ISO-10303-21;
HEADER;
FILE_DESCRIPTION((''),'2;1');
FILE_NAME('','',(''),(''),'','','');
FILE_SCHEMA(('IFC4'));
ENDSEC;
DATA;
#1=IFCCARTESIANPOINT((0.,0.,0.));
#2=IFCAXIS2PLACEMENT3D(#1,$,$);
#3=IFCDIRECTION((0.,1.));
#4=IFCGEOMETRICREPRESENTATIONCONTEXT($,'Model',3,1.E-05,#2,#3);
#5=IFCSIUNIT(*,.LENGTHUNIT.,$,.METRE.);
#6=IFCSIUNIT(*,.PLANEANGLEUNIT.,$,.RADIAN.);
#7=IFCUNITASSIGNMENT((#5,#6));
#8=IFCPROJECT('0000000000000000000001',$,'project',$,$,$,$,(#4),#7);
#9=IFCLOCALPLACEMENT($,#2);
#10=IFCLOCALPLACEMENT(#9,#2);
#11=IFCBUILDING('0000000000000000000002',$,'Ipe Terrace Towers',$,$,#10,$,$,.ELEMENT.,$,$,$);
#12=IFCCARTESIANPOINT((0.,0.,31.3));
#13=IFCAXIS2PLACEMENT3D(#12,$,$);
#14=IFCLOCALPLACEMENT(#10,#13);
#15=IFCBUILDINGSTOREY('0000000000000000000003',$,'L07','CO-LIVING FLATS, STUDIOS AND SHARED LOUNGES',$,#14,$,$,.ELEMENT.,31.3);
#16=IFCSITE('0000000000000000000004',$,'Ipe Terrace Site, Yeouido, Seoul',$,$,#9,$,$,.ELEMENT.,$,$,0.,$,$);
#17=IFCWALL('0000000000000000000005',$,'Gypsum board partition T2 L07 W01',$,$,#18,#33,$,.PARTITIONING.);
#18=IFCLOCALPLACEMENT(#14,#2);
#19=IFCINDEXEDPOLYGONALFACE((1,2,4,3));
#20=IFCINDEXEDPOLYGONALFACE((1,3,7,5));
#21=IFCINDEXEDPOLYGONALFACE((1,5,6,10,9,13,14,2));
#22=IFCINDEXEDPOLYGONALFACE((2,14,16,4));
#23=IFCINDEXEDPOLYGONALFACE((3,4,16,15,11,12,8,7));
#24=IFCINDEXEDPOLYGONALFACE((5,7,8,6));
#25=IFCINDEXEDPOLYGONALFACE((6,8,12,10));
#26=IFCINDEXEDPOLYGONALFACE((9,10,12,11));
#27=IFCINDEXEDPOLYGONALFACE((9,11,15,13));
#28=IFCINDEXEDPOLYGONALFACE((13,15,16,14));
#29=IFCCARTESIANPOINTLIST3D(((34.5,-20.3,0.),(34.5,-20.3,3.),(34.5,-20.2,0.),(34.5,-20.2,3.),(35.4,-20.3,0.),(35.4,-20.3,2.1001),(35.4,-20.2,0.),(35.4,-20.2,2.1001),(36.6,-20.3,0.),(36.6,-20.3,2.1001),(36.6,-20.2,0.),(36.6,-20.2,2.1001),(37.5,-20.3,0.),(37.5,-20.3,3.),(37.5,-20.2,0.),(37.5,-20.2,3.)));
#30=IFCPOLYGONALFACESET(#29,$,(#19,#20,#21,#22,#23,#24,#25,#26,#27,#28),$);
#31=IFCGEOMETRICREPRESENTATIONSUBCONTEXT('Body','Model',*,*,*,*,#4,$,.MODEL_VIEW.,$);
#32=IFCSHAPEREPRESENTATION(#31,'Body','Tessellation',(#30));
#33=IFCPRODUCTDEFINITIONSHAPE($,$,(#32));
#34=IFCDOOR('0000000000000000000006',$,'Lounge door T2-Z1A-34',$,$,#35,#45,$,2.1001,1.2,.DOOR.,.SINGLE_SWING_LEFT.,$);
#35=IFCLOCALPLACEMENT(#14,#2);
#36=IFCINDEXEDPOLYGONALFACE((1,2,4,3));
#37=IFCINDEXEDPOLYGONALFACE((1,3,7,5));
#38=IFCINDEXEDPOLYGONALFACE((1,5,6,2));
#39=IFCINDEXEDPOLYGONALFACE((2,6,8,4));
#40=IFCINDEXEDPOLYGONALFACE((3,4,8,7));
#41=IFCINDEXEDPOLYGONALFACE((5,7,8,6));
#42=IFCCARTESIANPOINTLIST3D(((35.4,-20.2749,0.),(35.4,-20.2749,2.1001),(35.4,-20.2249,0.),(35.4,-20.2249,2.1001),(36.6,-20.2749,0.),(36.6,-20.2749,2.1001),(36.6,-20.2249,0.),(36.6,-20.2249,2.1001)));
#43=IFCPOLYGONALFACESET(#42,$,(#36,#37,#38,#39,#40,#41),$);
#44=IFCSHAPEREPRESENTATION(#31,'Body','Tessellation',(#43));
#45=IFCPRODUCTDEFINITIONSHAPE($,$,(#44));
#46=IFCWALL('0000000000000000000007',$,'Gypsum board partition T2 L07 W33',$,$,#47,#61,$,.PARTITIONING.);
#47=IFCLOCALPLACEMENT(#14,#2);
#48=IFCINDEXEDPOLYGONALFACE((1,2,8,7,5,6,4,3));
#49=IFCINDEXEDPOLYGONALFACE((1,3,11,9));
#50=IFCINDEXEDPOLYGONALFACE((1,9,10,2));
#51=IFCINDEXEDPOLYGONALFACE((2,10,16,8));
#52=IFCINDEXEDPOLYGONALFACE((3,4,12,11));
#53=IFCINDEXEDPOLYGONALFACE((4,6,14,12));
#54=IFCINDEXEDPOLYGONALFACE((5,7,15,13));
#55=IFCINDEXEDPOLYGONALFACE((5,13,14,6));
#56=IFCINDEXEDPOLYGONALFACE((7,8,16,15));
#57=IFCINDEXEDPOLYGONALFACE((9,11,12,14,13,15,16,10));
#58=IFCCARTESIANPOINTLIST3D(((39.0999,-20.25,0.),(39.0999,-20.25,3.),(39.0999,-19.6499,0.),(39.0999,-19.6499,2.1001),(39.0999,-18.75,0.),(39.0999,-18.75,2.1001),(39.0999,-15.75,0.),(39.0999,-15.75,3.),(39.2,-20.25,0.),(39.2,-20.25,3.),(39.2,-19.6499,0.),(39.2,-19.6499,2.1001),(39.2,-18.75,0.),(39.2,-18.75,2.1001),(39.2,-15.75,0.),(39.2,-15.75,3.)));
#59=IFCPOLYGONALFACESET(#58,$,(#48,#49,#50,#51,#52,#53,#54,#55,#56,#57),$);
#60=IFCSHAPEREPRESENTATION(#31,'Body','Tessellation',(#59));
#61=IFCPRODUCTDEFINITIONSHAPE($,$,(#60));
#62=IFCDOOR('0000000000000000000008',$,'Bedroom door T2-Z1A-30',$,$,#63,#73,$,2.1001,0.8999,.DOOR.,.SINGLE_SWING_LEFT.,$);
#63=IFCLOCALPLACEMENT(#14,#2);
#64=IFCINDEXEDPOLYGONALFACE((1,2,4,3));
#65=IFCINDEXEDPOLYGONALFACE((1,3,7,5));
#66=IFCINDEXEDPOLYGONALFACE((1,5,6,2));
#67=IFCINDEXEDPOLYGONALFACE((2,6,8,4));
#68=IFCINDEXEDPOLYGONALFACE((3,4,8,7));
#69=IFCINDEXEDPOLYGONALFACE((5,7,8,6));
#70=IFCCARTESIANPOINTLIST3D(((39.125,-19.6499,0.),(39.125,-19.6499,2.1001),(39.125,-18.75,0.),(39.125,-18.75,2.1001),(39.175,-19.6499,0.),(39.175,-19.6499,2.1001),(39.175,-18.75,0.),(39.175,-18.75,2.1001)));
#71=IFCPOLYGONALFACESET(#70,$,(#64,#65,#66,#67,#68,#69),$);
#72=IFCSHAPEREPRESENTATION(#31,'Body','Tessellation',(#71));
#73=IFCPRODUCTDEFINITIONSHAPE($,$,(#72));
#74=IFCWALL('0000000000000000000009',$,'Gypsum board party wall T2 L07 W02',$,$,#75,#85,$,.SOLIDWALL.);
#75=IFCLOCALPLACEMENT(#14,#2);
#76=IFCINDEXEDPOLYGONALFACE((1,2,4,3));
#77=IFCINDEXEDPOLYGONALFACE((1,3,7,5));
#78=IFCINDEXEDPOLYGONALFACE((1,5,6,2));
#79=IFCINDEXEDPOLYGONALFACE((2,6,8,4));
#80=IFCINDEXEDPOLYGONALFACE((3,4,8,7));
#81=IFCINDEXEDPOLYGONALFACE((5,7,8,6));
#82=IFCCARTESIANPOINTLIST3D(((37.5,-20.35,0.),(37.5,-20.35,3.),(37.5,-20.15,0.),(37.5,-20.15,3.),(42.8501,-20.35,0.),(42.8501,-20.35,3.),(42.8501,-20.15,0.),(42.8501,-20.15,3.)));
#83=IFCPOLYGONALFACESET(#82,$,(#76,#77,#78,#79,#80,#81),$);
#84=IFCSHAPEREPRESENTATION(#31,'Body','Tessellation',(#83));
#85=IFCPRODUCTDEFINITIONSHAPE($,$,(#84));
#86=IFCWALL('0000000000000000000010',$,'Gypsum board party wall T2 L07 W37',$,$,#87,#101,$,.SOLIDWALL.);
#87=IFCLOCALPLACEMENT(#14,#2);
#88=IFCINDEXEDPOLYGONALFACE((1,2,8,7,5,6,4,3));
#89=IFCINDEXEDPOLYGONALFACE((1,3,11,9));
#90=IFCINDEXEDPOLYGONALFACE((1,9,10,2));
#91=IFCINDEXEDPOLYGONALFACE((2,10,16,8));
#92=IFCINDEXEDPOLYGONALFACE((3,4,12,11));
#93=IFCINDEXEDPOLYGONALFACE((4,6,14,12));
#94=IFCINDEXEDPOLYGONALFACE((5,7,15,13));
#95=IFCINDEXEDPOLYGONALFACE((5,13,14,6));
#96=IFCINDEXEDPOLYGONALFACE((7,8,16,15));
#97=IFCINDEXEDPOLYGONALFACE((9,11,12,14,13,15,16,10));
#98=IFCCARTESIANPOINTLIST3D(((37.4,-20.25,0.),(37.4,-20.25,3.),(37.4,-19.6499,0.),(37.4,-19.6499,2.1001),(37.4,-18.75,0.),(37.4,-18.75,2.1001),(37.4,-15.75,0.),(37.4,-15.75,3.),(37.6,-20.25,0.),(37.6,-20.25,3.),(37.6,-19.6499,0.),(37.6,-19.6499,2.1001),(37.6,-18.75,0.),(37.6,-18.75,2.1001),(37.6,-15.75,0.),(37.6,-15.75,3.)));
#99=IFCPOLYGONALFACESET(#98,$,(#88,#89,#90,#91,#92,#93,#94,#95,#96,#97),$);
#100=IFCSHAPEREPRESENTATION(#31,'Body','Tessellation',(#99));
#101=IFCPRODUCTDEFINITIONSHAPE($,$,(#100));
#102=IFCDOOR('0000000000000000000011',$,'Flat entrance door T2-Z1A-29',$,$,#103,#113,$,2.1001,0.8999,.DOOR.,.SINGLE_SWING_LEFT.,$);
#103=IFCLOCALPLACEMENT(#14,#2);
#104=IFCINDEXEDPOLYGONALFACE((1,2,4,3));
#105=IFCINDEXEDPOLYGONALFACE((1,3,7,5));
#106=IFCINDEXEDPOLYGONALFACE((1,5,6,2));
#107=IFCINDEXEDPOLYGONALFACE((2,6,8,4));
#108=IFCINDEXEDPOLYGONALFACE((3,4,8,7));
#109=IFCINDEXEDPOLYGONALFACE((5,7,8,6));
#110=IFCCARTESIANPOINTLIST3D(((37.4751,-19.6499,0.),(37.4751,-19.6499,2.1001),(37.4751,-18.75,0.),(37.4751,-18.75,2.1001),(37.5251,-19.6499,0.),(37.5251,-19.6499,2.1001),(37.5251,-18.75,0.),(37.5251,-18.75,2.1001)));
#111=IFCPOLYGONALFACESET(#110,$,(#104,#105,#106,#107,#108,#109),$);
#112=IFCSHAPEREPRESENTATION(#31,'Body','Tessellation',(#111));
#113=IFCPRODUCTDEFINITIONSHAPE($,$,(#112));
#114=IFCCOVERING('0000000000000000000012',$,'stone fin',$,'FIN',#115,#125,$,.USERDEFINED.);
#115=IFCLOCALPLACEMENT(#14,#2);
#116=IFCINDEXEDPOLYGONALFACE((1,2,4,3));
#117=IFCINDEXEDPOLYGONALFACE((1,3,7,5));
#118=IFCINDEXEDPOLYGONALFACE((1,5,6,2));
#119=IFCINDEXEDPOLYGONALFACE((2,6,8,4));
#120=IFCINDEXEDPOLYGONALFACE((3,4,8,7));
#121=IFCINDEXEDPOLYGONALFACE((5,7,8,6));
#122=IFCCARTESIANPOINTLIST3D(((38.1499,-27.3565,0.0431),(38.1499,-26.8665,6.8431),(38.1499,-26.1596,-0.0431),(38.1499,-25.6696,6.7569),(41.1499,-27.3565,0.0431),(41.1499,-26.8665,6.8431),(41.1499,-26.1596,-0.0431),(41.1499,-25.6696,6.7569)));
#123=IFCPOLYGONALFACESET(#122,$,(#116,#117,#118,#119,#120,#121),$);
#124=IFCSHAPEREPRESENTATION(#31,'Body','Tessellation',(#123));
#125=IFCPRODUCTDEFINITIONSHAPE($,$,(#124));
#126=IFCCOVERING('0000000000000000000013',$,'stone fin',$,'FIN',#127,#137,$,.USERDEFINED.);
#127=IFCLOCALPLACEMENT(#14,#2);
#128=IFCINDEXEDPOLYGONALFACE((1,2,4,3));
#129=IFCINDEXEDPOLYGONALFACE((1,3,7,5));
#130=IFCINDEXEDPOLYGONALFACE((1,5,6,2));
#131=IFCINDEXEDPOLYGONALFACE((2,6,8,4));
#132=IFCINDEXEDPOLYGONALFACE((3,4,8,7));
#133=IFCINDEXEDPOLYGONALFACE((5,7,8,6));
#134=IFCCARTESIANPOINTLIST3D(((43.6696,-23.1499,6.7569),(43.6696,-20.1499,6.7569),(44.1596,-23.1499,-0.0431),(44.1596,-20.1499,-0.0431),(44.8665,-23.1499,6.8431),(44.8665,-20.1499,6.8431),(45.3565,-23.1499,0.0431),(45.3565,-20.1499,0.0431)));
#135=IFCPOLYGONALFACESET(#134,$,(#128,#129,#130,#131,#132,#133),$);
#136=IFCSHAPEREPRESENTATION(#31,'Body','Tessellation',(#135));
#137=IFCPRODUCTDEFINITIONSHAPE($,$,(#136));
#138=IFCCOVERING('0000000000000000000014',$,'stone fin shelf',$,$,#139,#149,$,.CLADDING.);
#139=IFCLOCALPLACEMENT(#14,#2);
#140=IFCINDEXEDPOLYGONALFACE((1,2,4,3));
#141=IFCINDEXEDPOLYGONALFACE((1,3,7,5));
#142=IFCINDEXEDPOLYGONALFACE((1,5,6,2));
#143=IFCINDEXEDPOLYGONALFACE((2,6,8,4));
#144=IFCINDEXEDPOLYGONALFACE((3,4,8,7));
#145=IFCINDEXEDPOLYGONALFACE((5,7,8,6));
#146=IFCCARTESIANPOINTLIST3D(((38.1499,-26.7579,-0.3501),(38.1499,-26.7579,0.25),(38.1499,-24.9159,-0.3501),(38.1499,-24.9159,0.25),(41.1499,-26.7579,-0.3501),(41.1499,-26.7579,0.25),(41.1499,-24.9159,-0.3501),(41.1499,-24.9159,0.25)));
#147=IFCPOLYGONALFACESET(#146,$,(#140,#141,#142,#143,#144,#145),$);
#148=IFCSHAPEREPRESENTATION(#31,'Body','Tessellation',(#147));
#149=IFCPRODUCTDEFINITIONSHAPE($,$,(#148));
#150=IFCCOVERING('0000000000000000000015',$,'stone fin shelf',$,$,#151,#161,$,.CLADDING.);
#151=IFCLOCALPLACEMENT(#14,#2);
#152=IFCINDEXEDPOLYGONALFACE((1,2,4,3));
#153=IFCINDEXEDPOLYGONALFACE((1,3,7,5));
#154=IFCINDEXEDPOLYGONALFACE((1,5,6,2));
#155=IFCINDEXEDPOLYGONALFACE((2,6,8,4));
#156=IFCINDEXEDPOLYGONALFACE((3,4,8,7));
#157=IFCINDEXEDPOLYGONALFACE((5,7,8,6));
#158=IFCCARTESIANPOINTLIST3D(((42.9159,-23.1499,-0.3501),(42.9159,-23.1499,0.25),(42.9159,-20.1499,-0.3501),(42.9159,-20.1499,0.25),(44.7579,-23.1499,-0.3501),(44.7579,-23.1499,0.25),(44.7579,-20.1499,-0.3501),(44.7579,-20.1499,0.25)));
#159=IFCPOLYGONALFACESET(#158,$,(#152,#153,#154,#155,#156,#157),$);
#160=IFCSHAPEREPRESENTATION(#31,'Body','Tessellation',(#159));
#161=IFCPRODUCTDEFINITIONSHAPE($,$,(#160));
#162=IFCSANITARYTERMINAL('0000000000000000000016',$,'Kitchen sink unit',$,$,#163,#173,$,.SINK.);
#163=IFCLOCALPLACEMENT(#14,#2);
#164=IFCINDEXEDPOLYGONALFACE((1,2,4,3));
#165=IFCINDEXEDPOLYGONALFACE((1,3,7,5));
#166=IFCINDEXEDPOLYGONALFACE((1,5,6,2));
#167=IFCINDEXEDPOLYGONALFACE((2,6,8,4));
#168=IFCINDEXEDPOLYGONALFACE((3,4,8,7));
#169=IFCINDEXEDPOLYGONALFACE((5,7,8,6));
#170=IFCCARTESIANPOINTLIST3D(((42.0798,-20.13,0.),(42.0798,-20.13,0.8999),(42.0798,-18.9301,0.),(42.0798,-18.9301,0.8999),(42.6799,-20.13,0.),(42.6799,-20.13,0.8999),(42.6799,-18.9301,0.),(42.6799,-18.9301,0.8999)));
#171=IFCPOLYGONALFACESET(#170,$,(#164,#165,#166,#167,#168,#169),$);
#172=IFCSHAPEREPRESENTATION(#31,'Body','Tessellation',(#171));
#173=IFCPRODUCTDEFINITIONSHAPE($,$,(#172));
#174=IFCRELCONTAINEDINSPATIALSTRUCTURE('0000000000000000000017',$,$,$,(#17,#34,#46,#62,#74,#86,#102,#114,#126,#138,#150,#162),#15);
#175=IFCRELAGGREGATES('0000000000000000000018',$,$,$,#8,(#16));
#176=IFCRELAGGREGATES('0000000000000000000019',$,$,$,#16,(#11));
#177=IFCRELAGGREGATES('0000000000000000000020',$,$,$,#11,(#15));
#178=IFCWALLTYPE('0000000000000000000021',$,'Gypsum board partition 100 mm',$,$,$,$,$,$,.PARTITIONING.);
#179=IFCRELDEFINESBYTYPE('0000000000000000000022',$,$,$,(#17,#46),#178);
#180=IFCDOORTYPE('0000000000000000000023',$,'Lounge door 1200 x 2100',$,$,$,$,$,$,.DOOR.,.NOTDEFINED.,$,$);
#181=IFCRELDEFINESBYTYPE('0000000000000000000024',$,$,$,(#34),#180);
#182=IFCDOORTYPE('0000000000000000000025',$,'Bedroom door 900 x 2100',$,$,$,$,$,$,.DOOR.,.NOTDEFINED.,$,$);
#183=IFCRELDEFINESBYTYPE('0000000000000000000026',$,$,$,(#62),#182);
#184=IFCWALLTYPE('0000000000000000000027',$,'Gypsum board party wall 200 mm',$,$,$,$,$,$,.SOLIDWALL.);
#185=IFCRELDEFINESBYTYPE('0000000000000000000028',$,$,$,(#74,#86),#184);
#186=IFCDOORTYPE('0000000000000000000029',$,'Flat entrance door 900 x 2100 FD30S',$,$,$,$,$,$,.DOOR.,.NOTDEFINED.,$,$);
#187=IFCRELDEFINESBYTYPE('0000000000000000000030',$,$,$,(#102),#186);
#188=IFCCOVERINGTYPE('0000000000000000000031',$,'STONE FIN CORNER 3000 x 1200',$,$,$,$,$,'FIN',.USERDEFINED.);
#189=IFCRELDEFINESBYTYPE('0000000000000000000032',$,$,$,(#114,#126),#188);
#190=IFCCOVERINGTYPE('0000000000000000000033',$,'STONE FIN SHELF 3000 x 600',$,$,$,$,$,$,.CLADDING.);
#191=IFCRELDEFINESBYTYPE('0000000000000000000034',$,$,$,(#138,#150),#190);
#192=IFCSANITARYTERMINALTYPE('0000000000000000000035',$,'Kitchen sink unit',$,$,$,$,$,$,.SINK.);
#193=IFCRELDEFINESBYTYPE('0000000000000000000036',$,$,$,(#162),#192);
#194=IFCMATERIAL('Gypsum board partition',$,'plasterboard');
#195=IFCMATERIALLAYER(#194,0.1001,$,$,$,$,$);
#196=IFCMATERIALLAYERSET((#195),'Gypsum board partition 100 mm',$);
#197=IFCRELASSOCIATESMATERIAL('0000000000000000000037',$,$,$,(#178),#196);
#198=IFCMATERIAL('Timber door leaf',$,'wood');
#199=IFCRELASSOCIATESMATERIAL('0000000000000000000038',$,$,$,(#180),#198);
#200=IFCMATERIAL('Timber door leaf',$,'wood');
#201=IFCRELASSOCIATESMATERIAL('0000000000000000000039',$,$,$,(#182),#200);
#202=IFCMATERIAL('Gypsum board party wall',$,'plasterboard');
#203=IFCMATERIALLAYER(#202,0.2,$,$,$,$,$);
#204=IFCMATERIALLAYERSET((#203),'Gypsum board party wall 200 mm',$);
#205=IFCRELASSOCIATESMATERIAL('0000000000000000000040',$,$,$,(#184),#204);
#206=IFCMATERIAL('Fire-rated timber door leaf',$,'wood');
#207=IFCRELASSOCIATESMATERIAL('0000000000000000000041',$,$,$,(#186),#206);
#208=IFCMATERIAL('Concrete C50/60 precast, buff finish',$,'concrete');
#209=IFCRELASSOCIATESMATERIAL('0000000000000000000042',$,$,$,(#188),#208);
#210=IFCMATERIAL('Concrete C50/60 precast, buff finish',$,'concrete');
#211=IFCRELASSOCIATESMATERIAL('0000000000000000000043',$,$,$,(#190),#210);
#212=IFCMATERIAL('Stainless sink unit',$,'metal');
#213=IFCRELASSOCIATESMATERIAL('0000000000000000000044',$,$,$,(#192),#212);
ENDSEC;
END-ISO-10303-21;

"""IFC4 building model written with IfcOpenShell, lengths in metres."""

from ifc_helpers import new_model, si_unit, direction, frame, frame_2d, origin, origin_2d, place, context, subcontext, project, spatial, rectangle, extrude, material, layer, layer_set, material_profile, profile_set, type_object, element, fill, save


model = new_model("IFC4")

# Units and contexts
model_context = context("Model", 3, precision=1e-05, world=origin(), true_north=direction((0.0, 1.0)))
body_context = subcontext(model_context, "Body", "Model", "MODEL_VIEW")
ifc_project = project(units=[si_unit("LENGTHUNIT", "METRE"), si_unit("PLANEANGLEUNIT", "RADIAN")], contexts=[model_context])

# Site, building, storey
site_placement = place(None, origin())
site = spatial("IfcSite", under=ifc_project, at=site_placement, Name="Ipe Terrace Site, Yeouido, Seoul", CompositionType="ELEMENT", RefElevation=0.0)
building_placement = place(site_placement, origin())
building = spatial("IfcBuilding", under=site, at=building_placement, Name="Ipe Terrace Towers", CompositionType="ELEMENT")
storey_placement = place(building_placement, frame((0.0, 0.0, 31.3)))
storey = spatial("IfcBuildingStorey", under=building, at=storey_placement, Name="L07", Description="CO-LIVING FLATS, STUDIOS AND SHARED LOUNGES", CompositionType="ELEMENT", Elevation=31.3)

# Walls, openings, doors
ifc_material_1 = material(Name="Gypsum board partition", Category="plasterboard")
ifc_layer_1 = layer(ifc_material_1, 0.1001)
ifc_layer_set_1 = layer_set([ifc_layer_1], Name="Gypsum board partition 100 mm")
wall_type_1 = type_object("IfcWallType", Name="Gypsum board partition 100 mm", PredefinedType="PARTITIONING", material=ifc_layer_set_1)
wall_1_placement = place(storey_placement, frame((37.5, -20.25, 0.0), z_axis=(0.0, 0.0, 1.0), x_axis=(-1.0, 0.0, 0.0)))
wall_1 = element("IfcWall", 1, at=wall_1_placement, inside=storey, type_object=wall_type_1, Name="Gypsum board partition T2 L07 W01", PredefinedType="PARTITIONING", context=body_context, shape_type="SweptSolid", body=[
    extrude(rectangle(XDim=3.0, YDim=0.1001, at=frame_2d((1.5, 0.0))), origin(), (0.0, 0.0, 1.0), 3.0),
])
opening_1_placement = place(wall_1_placement, frame((0.8999, 0.0, 0.0)))
opening_1 = element("IfcOpeningElement", 2, at=opening_1_placement, cuts=wall_1, PredefinedType="OPENING", context=body_context, shape_type="SweptSolid", body=[
    extrude(rectangle(XDim=1.2, YDim=2.1001, at=frame_2d((0.6001, 1.05))), frame((0.0, 0.0601, 0.0), z_axis=(0.0, -1.0, 0.0), x_axis=(1.0, 0.0, 0.0)), (0.0, 0.0, 1.0), 0.1201),
])
ifc_material_2 = material(Name="Timber door leaf", Category="wood")
door_type_1 = type_object("IfcDoorType", Name="Lounge door 1200 x 2100", OperationType="NOTDEFINED", PredefinedType="DOOR", material=ifc_material_2)
door_1_placement = place(opening_1_placement, origin())
door_1 = element("IfcDoor", 3, at=door_1_placement, inside=storey, type_object=door_type_1, Name="Lounge door T2-Z1A-34", OperationType="SINGLE_SWING_LEFT", OverallHeight=2.1001, OverallWidth=1.2, PredefinedType="DOOR", context=body_context, shape_type="SweptSolid", body=[
    extrude(rectangle(XDim=1.2, YDim=2.1001, at=frame_2d((0.6001, 1.05))), frame((0.0, 0.0249, 0.0), z_axis=(0.0, -1.0, 0.0), x_axis=(1.0, 0.0, 0.0)), (0.0, 0.0, 1.0), 0.05),
])
fill(opening_1, door_1)
wall_2_placement = place(storey_placement, frame((39.1499, -20.25, 0.0), z_axis=(0.0, 0.0, 1.0), x_axis=(0.0, 1.0, 0.0)))
wall_2 = element("IfcWall", 4, at=wall_2_placement, inside=storey, type_object=wall_type_1, Name="Gypsum board partition T2 L07 W33", PredefinedType="PARTITIONING", context=body_context, shape_type="SweptSolid", body=[
    extrude(rectangle(XDim=4.5, YDim=0.1001, at=frame_2d((2.25, 0.0))), origin(), (0.0, 0.0, 1.0), 3.0),
])
opening_2_placement = place(wall_2_placement, frame((0.6001, 0.0, 0.0)))
opening_2 = element("IfcOpeningElement", 5, at=opening_2_placement, cuts=wall_2, PredefinedType="OPENING", context=body_context, shape_type="SweptSolid", body=[
    extrude(rectangle(XDim=0.8999, YDim=2.1001, at=frame_2d((0.45, 1.05))), frame((0.0, 0.0601, 0.0), z_axis=(0.0, -1.0, 0.0), x_axis=(1.0, 0.0, 0.0)), (0.0, 0.0, 1.0), 0.1201),
])
ifc_material_3 = material(Name="Timber door leaf", Category="wood")
door_type_2 = type_object("IfcDoorType", Name="Bedroom door 900 x 2100", OperationType="NOTDEFINED", PredefinedType="DOOR", material=ifc_material_3)
door_2_placement = place(opening_2_placement, origin())
door_2 = element("IfcDoor", 6, at=door_2_placement, inside=storey, type_object=door_type_2, Name="Bedroom door T2-Z1A-30", OperationType="SINGLE_SWING_LEFT", OverallHeight=2.1001, OverallWidth=0.8999, PredefinedType="DOOR", context=body_context, shape_type="SweptSolid", body=[
    extrude(rectangle(XDim=0.8999, YDim=2.1001, at=frame_2d((0.45, 1.05))), frame((0.0, 0.0249, 0.0), z_axis=(0.0, -1.0, 0.0), x_axis=(1.0, 0.0, 0.0)), (0.0, 0.0, 1.0), 0.05),
])
fill(opening_2, door_2)

# Wall
ifc_material_4 = material(Name="Gypsum board party wall", Category="plasterboard")
ifc_layer_2 = layer(ifc_material_4, 0.2)
ifc_layer_set_2 = layer_set([ifc_layer_2], Name="Gypsum board party wall 200 mm")
wall_type_2 = type_object("IfcWallType", Name="Gypsum board party wall 200 mm", PredefinedType="SOLIDWALL", material=ifc_layer_set_2)
wall_3_placement = place(storey_placement, frame((42.8501, -20.25, 0.0), z_axis=(0.0, 0.0, 1.0), x_axis=(-1.0, 0.0, 0.0)))
element("IfcWall", 7, at=wall_3_placement, inside=storey, type_object=wall_type_2, Name="Gypsum board party wall T2 L07 W02", PredefinedType="SOLIDWALL", context=body_context, shape_type="SweptSolid", body=[
    extrude(rectangle(XDim=5.3501, YDim=0.2, at=frame_2d((2.675, 0.0))), origin(), (0.0, 0.0, 1.0), 3.0),
])

# Wall, opening, door
wall_4_placement = place(storey_placement, frame((37.5, -20.25, 0.0), z_axis=(0.0, 0.0, 1.0), x_axis=(0.0, 1.0, 0.0)))
wall_4 = element("IfcWall", 8, at=wall_4_placement, inside=storey, type_object=wall_type_2, Name="Gypsum board party wall T2 L07 W37", PredefinedType="SOLIDWALL", context=body_context, shape_type="SweptSolid", body=[
    extrude(rectangle(XDim=4.5, YDim=0.2, at=frame_2d((2.25, 0.0))), origin(), (0.0, 0.0, 1.0), 3.0),
])
opening_3_placement = place(wall_4_placement, frame((0.6001, 0.0, 0.0)))
opening_3 = element("IfcOpeningElement", 9, at=opening_3_placement, cuts=wall_4, PredefinedType="OPENING", context=body_context, shape_type="SweptSolid", body=[
    extrude(rectangle(XDim=0.8999, YDim=2.1001, at=frame_2d((0.45, 1.05))), frame((0.0, 0.1099, 0.0), z_axis=(0.0, -1.0, 0.0), x_axis=(1.0, 0.0, 0.0)), (0.0, 0.0, 1.0), 0.22),
])
ifc_material_5 = material(Name="Fire-rated timber door leaf", Category="wood")
door_type_3 = type_object("IfcDoorType", Name="Flat entrance door 900 x 2100 FD30S", OperationType="NOTDEFINED", PredefinedType="DOOR", material=ifc_material_5)
door_3_placement = place(opening_3_placement, origin())
door_3 = element("IfcDoor", 10, at=door_3_placement, inside=storey, type_object=door_type_3, Name="Flat entrance door T2-Z1A-29", OperationType="SINGLE_SWING_LEFT", OverallHeight=2.1001, OverallWidth=0.8999, PredefinedType="DOOR", context=body_context, shape_type="SweptSolid", body=[
    extrude(rectangle(XDim=0.8999, YDim=2.1001, at=frame_2d((0.45, 1.05))), frame((0.0, 0.0249, 0.0), z_axis=(0.0, -1.0, 0.0), x_axis=(1.0, 0.0, 0.0)), (0.0, 0.0, 1.0), 0.05),
])
fill(opening_3, door_3)

# Coverings
ifc_material_6 = material(Name="Concrete C50/60 precast, buff finish", Category="concrete")
ifc_material_profile_1 = material_profile(ifc_material_6, rectangle(XDim=3.0, YDim=1.2, at=origin_2d()), Name="STONE FIN CORNER 3000 x 1200")
ifc_profile_set_1 = profile_set([ifc_material_profile_1], Name="Concrete C50/60 precast, buff finish")
covering_type_1 = type_object("IfcCoveringType", Name="STONE FIN CORNER 3000 x 1200", ElementType="FIN", PredefinedType="USERDEFINED", material=ifc_profile_set_1)
for number, where, z_axis, x_axis, name in (
    (11, (39.6499, -26.7581, 0.0), (0.0, 0.071871, 0.997414), (1.0, 0.0, 0.0), "stone fin"),
    (12, (44.7581, -21.6499, 0.0), (-0.071871, 0.0, 0.997414), (0.0, 1.0, 0.0), "stone fin"),
):
    element("IfcCovering", number, at=place(storey_placement, frame(where, z_axis=z_axis, x_axis=x_axis)), inside=storey, type_object=covering_type_1, Name=name, ObjectType="FIN", PredefinedType="USERDEFINED", context=body_context, shape_type="SweptSolid", body=[
        extrude(rectangle(XDim=3.0, YDim=1.2, at=origin_2d()), origin(), (0.0, 0.0, 1.0), 6.8176),
    ])
ifc_material_7 = material(Name="Concrete C50/60 precast, buff finish", Category="concrete")
covering_type_2 = type_object("IfcCoveringType", Name="STONE FIN SHELF 3000 x 600", PredefinedType="CLADDING", material=ifc_material_7)
for number, where, z_axis, x_axis, name in (
    (13, (39.6499, -25.8369, -0.3501), (0.0, 0.0, 1.0), (1.0, 0.0, 0.0), "stone fin shelf"),
    (14, (43.8369, -21.6499, -0.3501), (0.0, 0.0, 1.0), (0.0, 1.0, 0.0), "stone fin shelf"),
):
    element("IfcCovering", number, at=place(storey_placement, frame(where, z_axis=z_axis, x_axis=x_axis)), inside=storey, type_object=covering_type_2, Name=name, PredefinedType="CLADDING", context=body_context, shape_type="SweptSolid", body=[
        extrude(rectangle(XDim=3.0, YDim=1.842, at=origin_2d()), origin(), (0.0, 0.0, 1.0), 0.6001),
    ])

# Sanitary terminal
ifc_material_8 = material(Name="Stainless sink unit", Category="metal")
sanitary_terminal_type = type_object("IfcSanitaryTerminalType", Name="Kitchen sink unit", PredefinedType="SINK", material=ifc_material_8)
sanitary_terminal_placement = place(storey_placement, frame((42.3799, -19.53, 0.0), z_axis=(0.0, 0.0, 1.0), x_axis=(0.0, -1.0, 0.0)))
element("IfcSanitaryTerminal", 15, at=sanitary_terminal_placement, inside=storey, type_object=sanitary_terminal_type, Name="Kitchen sink unit", PredefinedType="SINK", context=body_context, shape_type="SweptSolid", body=[
    extrude(rectangle(XDim=1.2, YDim=0.6001, at=origin_2d()), origin(), (0.0, 0.0, 1.0), 0.8999),
])

save(model, "model.ifc")
